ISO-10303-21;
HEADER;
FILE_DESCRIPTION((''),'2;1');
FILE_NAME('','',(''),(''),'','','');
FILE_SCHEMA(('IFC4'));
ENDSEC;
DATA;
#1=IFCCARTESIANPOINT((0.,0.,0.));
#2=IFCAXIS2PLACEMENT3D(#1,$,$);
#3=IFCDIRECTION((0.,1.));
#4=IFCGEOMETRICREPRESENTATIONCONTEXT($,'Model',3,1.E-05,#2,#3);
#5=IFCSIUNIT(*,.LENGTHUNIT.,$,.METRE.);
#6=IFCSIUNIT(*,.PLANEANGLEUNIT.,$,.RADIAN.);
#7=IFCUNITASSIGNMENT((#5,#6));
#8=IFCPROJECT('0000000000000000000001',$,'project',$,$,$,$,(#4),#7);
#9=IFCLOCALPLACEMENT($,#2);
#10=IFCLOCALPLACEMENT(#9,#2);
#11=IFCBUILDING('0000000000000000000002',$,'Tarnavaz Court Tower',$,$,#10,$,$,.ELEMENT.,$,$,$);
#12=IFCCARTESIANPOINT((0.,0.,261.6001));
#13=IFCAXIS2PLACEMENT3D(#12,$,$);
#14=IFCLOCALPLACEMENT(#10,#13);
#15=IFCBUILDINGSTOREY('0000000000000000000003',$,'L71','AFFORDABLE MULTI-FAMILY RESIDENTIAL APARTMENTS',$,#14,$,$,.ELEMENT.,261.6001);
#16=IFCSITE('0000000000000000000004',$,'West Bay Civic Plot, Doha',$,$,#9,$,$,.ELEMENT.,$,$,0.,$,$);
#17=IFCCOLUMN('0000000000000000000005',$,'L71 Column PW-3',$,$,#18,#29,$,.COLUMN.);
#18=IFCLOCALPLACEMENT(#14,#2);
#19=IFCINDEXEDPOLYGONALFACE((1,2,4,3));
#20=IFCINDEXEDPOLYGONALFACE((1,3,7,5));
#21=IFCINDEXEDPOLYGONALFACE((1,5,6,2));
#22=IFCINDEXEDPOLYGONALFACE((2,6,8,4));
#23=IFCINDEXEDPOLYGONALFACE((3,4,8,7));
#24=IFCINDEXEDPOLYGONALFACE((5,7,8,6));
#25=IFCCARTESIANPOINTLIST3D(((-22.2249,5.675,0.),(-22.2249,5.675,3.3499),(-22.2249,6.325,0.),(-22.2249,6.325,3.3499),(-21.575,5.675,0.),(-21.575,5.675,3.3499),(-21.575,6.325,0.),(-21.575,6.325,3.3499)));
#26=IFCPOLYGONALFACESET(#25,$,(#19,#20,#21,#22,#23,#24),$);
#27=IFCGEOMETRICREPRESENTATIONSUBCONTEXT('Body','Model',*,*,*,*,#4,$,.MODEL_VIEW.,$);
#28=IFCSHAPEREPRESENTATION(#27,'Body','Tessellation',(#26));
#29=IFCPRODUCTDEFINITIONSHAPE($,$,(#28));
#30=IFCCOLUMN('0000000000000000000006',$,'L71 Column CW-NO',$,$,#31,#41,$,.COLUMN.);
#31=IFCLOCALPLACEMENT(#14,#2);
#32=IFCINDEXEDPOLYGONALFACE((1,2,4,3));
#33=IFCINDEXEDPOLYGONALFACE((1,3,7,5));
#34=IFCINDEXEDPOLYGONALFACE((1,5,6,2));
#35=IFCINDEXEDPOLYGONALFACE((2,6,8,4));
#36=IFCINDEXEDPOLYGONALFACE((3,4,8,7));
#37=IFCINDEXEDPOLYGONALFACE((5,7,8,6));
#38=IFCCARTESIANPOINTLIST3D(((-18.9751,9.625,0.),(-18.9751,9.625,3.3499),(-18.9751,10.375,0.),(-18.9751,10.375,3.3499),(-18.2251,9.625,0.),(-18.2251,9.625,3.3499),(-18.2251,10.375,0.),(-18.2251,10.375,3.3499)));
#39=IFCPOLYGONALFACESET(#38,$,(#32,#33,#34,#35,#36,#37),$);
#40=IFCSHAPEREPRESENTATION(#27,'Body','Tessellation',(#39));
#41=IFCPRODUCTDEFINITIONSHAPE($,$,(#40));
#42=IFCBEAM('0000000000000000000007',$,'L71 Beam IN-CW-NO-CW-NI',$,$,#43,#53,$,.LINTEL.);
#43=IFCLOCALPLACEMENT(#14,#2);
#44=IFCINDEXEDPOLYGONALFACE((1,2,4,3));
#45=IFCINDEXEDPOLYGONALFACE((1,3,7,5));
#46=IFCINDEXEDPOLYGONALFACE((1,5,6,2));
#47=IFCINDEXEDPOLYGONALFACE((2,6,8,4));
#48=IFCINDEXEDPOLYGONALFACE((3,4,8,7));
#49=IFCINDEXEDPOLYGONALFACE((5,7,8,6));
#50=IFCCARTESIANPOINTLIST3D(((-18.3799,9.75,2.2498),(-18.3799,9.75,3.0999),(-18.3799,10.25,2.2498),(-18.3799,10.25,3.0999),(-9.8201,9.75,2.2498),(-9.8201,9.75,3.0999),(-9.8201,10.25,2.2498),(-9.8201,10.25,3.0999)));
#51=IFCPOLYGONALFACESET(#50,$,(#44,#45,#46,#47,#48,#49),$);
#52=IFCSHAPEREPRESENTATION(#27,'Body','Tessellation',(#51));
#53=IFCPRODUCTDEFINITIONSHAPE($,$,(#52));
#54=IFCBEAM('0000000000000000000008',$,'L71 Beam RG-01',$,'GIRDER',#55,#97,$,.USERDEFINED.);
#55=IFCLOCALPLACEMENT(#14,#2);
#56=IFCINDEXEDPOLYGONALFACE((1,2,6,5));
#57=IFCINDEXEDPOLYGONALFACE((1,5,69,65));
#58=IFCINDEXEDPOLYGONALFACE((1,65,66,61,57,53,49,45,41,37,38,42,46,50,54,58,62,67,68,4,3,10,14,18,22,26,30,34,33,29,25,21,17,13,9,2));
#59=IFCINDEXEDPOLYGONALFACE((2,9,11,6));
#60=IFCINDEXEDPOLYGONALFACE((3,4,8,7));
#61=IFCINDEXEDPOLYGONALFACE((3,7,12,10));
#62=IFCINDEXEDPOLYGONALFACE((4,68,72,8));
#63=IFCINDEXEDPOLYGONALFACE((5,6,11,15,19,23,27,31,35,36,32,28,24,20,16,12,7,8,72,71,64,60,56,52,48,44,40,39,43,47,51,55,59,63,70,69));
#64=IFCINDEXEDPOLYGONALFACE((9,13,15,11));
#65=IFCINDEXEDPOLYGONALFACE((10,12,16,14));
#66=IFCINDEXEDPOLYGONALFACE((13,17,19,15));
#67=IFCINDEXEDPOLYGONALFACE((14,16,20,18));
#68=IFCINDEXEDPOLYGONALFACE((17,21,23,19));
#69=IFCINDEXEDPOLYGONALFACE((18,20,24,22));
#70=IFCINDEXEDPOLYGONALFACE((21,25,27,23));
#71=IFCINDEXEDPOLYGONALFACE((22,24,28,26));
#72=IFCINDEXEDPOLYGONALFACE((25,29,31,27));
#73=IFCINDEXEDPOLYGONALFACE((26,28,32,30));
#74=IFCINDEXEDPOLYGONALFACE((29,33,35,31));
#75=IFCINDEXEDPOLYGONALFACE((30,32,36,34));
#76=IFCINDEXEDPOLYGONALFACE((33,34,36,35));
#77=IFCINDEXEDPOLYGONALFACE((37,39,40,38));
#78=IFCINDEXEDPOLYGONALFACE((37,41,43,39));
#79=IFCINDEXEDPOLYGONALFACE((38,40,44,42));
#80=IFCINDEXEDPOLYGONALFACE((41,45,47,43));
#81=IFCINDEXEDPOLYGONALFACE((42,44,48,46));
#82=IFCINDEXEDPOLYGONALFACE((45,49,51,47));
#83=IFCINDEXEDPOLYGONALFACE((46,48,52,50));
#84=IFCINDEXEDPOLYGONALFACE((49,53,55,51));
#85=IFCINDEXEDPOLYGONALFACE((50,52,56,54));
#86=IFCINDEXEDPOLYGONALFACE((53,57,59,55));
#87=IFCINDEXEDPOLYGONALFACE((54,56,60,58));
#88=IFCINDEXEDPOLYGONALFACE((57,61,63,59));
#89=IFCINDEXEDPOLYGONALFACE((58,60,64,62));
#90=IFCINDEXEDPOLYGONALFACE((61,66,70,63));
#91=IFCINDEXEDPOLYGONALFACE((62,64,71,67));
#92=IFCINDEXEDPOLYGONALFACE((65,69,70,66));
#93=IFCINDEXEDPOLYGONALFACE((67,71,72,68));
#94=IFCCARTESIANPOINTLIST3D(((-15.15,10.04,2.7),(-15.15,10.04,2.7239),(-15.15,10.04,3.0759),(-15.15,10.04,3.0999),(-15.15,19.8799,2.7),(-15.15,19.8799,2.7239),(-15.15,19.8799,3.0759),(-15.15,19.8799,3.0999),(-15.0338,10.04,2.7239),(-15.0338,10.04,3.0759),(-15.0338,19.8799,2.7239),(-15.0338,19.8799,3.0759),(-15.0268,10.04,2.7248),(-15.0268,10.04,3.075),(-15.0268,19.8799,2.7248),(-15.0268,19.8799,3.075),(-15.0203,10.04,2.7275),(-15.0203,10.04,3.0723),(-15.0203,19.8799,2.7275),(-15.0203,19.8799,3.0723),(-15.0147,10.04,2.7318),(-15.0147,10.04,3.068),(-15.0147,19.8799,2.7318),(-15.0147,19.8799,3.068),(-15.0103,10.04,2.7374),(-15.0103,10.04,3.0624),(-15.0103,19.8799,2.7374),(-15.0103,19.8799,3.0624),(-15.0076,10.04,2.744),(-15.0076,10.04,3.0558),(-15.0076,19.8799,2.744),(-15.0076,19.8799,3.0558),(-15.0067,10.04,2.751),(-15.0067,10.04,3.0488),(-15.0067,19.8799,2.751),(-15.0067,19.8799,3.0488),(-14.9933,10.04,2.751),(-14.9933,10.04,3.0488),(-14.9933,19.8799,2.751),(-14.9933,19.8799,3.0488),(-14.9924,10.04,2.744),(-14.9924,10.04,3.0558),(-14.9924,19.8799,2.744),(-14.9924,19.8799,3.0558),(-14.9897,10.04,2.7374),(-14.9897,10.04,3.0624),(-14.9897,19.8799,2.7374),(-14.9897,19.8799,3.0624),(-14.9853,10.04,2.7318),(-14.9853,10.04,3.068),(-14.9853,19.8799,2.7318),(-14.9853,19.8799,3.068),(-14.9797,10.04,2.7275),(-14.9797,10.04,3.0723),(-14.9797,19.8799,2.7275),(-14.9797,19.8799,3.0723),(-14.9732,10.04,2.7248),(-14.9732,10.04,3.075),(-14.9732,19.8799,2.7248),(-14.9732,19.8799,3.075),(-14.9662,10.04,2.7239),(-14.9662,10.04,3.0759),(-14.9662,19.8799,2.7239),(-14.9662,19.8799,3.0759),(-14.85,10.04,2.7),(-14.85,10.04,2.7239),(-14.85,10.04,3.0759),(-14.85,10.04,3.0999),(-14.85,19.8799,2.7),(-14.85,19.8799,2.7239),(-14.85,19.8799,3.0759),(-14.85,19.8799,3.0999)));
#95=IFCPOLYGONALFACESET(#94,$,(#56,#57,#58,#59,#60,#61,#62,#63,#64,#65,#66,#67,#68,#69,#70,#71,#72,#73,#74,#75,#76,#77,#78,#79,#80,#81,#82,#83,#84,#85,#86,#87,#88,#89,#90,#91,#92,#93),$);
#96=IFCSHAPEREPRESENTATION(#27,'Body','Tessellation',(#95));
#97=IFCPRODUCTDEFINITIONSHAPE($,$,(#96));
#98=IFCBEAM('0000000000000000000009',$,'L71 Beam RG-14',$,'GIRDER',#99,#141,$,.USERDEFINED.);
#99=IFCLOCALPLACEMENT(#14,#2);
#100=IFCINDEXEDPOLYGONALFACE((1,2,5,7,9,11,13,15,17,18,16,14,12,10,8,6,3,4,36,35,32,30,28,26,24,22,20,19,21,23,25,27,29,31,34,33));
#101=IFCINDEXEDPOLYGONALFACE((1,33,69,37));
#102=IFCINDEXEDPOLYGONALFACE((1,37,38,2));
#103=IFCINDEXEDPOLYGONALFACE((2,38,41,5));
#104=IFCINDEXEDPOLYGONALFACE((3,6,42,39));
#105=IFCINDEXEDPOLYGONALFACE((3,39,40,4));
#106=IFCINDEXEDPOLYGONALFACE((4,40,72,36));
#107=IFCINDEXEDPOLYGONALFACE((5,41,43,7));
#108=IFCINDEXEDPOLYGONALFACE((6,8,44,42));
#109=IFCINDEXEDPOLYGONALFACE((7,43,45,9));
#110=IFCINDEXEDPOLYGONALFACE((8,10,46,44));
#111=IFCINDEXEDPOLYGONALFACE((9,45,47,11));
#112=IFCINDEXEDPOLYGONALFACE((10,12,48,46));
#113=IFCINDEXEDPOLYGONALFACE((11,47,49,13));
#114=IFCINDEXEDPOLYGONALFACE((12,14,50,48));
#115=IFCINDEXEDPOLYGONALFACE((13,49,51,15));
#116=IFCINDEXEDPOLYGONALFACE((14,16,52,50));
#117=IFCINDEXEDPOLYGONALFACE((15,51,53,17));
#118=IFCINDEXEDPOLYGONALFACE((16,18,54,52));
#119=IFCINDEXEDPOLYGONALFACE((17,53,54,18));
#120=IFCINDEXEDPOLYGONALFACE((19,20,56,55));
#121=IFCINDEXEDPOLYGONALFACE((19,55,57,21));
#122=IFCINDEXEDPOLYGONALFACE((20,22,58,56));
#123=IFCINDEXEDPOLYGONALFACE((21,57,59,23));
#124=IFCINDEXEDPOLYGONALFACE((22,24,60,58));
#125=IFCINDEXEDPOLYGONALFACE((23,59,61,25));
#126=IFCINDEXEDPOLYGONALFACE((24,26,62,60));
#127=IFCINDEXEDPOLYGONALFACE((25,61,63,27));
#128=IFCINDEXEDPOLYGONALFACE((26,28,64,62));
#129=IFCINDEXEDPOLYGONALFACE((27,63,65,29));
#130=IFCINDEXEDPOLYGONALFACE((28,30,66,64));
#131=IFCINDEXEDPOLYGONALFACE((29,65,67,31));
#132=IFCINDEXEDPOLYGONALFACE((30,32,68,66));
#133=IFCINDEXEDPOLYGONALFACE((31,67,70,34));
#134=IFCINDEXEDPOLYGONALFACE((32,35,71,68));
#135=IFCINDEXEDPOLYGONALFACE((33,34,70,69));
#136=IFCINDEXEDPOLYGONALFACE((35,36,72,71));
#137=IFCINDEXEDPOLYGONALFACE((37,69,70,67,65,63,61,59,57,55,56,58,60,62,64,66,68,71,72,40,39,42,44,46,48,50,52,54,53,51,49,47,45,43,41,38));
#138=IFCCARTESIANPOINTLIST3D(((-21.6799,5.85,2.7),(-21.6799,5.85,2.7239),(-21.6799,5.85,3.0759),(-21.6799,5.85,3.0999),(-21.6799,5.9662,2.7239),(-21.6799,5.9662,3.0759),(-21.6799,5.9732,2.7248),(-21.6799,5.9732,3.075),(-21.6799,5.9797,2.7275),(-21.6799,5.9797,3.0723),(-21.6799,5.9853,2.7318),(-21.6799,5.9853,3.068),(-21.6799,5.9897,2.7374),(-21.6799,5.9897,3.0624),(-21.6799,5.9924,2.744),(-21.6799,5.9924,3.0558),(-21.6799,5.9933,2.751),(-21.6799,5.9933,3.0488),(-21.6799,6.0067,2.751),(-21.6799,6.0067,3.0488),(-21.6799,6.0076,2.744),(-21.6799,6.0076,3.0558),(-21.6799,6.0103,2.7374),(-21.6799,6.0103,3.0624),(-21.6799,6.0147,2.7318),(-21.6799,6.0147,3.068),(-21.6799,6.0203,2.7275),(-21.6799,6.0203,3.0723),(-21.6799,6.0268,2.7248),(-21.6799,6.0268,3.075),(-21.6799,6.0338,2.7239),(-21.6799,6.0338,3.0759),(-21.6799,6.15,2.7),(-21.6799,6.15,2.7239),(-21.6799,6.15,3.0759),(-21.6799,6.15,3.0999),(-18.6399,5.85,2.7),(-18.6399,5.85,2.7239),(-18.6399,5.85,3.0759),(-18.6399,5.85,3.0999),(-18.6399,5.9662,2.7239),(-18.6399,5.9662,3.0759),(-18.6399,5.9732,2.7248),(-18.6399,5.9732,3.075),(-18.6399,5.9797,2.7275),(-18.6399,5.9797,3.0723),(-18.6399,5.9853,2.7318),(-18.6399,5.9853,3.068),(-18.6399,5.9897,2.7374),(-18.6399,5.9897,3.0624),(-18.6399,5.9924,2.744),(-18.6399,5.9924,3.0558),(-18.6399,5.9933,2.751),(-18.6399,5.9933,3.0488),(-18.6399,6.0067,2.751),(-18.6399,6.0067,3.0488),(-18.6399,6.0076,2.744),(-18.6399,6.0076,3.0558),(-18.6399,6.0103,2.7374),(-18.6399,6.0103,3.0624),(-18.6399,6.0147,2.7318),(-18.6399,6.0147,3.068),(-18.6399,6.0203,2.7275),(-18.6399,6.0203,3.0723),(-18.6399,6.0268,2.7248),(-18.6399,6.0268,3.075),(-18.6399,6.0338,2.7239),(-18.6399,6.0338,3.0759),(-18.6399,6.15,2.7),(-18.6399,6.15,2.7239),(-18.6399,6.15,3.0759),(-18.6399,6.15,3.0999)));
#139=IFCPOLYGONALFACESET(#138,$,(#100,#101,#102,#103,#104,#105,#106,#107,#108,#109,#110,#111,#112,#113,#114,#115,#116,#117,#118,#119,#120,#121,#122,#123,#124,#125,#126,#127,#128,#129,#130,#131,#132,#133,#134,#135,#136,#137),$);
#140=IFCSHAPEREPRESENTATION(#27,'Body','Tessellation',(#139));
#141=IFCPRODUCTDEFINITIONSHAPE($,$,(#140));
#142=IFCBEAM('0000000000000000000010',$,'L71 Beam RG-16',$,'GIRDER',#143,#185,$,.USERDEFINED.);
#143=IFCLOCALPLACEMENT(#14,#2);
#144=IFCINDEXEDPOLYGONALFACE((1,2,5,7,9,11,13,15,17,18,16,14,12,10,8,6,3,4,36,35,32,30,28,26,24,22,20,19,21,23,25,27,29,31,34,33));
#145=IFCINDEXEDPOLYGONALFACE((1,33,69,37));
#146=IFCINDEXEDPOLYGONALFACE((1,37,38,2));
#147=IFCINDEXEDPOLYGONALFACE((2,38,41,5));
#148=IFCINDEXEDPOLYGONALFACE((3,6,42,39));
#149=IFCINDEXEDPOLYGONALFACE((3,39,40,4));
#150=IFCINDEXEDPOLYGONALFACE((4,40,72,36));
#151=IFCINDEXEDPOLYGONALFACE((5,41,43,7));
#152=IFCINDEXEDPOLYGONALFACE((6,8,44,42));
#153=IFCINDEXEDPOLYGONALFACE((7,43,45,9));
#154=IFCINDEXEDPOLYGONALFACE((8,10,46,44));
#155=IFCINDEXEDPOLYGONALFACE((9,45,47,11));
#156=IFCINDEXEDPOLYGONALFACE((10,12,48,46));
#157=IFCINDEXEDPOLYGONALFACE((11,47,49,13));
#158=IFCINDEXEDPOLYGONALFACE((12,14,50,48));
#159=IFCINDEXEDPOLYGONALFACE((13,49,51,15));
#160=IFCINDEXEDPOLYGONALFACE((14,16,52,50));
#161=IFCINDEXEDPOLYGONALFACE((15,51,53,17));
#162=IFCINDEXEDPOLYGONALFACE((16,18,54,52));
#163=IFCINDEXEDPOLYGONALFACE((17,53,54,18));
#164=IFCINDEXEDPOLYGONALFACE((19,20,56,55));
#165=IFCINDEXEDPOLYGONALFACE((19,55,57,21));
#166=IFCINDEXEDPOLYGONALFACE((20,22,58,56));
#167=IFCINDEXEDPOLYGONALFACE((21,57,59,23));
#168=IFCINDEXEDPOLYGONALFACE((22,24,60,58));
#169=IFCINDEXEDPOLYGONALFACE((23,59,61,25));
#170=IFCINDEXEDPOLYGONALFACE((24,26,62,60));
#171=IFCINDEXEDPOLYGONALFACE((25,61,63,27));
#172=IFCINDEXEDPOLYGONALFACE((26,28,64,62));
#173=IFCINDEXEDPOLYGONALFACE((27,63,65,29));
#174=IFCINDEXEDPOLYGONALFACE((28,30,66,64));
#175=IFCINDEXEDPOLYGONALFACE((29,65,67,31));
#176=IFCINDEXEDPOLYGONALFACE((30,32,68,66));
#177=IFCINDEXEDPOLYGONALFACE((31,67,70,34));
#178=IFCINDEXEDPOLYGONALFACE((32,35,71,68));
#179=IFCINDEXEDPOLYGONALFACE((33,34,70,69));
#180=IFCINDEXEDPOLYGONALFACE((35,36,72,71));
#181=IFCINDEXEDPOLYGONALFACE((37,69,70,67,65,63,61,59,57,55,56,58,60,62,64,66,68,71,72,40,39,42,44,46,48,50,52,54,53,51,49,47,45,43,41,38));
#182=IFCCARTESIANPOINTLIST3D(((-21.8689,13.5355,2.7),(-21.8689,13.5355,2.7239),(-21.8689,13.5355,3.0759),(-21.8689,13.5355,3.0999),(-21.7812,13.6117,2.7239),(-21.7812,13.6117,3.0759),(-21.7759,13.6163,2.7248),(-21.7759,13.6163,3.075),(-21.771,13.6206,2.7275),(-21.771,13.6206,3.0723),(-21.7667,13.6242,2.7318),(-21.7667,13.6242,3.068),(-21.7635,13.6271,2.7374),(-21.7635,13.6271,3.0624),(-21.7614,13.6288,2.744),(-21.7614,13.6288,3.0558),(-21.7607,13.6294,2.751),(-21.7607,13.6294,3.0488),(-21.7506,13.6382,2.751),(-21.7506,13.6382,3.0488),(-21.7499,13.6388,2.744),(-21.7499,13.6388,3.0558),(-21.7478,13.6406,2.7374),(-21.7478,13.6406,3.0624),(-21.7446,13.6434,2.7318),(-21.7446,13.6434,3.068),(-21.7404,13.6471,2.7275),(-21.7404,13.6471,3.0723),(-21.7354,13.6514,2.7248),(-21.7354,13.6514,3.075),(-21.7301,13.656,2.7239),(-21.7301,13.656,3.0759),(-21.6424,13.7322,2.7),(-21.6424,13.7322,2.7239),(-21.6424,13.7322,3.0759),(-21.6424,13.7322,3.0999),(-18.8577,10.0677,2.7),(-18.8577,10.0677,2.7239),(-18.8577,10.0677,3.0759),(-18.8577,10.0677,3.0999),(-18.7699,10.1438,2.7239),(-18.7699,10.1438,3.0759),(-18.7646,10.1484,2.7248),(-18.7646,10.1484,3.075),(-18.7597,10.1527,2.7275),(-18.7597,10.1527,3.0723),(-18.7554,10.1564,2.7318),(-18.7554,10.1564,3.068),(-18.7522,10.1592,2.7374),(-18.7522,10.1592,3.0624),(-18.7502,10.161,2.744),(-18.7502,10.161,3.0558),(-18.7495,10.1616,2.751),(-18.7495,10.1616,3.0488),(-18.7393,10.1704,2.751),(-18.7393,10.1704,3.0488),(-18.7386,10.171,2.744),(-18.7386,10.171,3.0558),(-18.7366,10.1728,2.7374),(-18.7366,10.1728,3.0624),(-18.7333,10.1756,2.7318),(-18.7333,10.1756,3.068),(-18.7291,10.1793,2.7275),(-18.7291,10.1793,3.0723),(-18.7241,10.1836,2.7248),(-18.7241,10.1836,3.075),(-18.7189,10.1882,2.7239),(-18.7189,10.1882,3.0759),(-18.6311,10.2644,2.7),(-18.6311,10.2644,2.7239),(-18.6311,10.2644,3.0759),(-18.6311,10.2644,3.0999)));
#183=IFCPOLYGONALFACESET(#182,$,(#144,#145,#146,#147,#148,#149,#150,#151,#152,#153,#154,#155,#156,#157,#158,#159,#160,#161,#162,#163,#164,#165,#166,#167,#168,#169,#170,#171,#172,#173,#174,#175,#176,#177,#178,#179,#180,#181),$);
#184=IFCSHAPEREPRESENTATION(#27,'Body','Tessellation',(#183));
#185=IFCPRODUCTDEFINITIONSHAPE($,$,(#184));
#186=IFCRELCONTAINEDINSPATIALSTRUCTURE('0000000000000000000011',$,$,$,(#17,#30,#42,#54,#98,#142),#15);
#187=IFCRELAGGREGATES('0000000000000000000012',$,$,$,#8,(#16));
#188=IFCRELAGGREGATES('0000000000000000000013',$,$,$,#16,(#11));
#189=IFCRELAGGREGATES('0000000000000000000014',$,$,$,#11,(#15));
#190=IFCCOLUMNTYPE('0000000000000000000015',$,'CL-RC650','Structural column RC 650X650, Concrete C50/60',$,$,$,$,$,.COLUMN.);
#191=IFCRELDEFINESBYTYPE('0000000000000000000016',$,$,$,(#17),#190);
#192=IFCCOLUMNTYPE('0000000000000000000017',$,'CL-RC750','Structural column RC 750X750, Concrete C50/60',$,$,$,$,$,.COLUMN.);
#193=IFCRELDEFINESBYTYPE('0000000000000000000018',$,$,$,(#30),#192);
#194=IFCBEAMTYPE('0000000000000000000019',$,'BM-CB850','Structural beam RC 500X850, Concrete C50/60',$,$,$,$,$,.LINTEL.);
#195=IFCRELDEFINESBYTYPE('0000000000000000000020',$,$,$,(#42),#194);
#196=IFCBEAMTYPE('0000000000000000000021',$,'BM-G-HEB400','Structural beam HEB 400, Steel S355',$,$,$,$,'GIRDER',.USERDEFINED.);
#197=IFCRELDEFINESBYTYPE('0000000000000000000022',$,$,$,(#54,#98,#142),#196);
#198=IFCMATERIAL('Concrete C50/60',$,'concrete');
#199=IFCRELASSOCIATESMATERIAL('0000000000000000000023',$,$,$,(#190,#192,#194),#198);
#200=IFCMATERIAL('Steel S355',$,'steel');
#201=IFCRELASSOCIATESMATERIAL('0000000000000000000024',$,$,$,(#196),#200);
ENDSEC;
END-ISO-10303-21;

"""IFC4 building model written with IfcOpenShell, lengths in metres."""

from ifc_helpers import new_model, si_unit, direction, frame, origin, origin_2d, place, context, subcontext, project, spatial, rectangle, i_section, extrude, material, material_profile, profile_set, type_object, element, save


model = new_model("IFC4")

# Units and contexts
model_context = context("Model", 3, precision=1e-05, world=origin(), true_north=direction((0.0, 1.0)))
body_context = subcontext(model_context, "Body", "Model", "MODEL_VIEW")
ifc_project = project(units=[si_unit("LENGTHUNIT", "METRE"), si_unit("PLANEANGLEUNIT", "RADIAN")], contexts=[model_context])

# Site, building, storey
site_placement = place(None, origin())
site = spatial("IfcSite", under=ifc_project, at=site_placement, Name="West Bay Civic Plot, Doha", CompositionType="ELEMENT", RefElevation=0.0)
building_placement = place(site_placement, origin())
building = spatial("IfcBuilding", under=site, at=building_placement, Name="Tarnavaz Court Tower", CompositionType="ELEMENT")
storey_placement = place(building_placement, frame((0.0, 0.0, 261.6001)))
storey = spatial("IfcBuildingStorey", under=building, at=storey_placement, Name="L71", Description="AFFORDABLE MULTI-FAMILY RESIDENTIAL APARTMENTS", CompositionType="ELEMENT", Elevation=261.6001)

# Columns
ifc_material_1 = material(Name="Concrete C50/60", Category="concrete")
ifc_material_profile_1 = material_profile(ifc_material_1, rectangle(XDim=0.6499, YDim=0.6499, at=origin_2d()), Name="RC 650X650")
ifc_profile_set_1 = profile_set([ifc_material_profile_1], Name="Concrete C50/60")
column_type_1 = type_object("IfcColumnType", Name="CL-RC650", Description="Structural column RC 650X650, Concrete C50/60", PredefinedType="COLUMN", material=ifc_profile_set_1)
column_1_placement = place(storey_placement, frame((-21.8999, 6.0, 0.0), z_axis=(0.0, 0.0, 1.0), x_axis=(1.0, 0.0, 0.0)))
element("IfcColumn", 1, at=column_1_placement, inside=storey, type_object=column_type_1, Name="L71 Column PW-3", PredefinedType="COLUMN", context=body_context, shape_type="SweptSolid", body=[
    extrude(rectangle(XDim=0.6499, YDim=0.6499, at=origin_2d()), origin(), (0.0, 0.0, 1.0), 3.3499),
])
ifc_material_profile_2 = material_profile(ifc_material_1, rectangle(XDim=0.75, YDim=0.75, at=origin_2d()), Name="RC 750X750")
ifc_profile_set_2 = profile_set([ifc_material_profile_2], Name="Concrete C50/60")
column_type_2 = type_object("IfcColumnType", Name="CL-RC750", Description="Structural column RC 750X750, Concrete C50/60", PredefinedType="COLUMN", material=ifc_profile_set_2)
column_2_placement = place(storey_placement, frame((-18.6001, 10.0, 0.0), z_axis=(0.0, 0.0, 1.0), x_axis=(1.0, 0.0, 0.0)))
element("IfcColumn", 2, at=column_2_placement, inside=storey, type_object=column_type_2, Name="L71 Column CW-NO", PredefinedType="COLUMN", context=body_context, shape_type="SweptSolid", body=[
    extrude(rectangle(XDim=0.75, YDim=0.75, at=origin_2d()), origin(), (0.0, 0.0, 1.0), 3.3499),
])

# Beams
ifc_material_profile_3 = material_profile(ifc_material_1, rectangle(XDim=0.5, YDim=0.8501, at=origin_2d()), Name="RC 500X850")
ifc_profile_set_3 = profile_set([ifc_material_profile_3], Name="Concrete C50/60")
beam_type_1 = type_object("IfcBeamType", Name="BM-CB850", Description="Structural beam RC 500X850, Concrete C50/60", PredefinedType="LINTEL", material=ifc_profile_set_3)
beam_1_placement = place(storey_placement, frame((-18.3799, 10.0, 2.6748), z_axis=(1.0, 0.0, 0.0), x_axis=(0.0, 1.0, 0.0)))
element("IfcBeam", 3, at=beam_1_placement, inside=storey, type_object=beam_type_1, Name="L71 Beam IN-CW-NO-CW-NI", PredefinedType="LINTEL", context=body_context, shape_type="SweptSolid", body=[
    extrude(rectangle(XDim=0.5, YDim=0.8501, at=origin_2d()), origin(), (0.0, 0.0, 1.0), 8.5598),
])
ifc_material_2 = material(Name="Steel S355", Category="steel")
ifc_material_profile_4 = material_profile(ifc_material_2, i_section(OverallWidth=0.3, OverallDepth=0.3999, WebThickness=0.0134, FlangeThickness=0.0239, FilletRadius=0.0271, at=origin_2d()), Name="HEB 400")
ifc_profile_set_4 = profile_set([ifc_material_profile_4], Name="Steel S355")
beam_type_2 = type_object("IfcBeamType", Name="BM-G-HEB400", Description="Structural beam HEB 400, Steel S355", ElementType="GIRDER", PredefinedType="USERDEFINED", material=ifc_profile_set_4)
beam_2_placement = place(storey_placement, frame((-15.0, 10.04, 2.8999), z_axis=(0.0, 1.0, 0.0), x_axis=(-1.0, 0.0, 0.0)))
element("IfcBeam", 4, at=beam_2_placement, inside=storey, type_object=beam_type_2, Name="L71 Beam RG-01", ObjectType="GIRDER", PredefinedType="USERDEFINED", context=body_context, shape_type="SweptSolid", body=[
    extrude(i_section(OverallWidth=0.3, OverallDepth=0.3999, WebThickness=0.0134, FlangeThickness=0.0239, FilletRadius=0.0271, at=origin_2d()), origin(), (0.0, 0.0, 1.0), 9.8398),
])
beam_3_placement = place(storey_placement, frame((-18.6399, 6.0, 2.8999), z_axis=(-1.0, 0.0, 0.0), x_axis=(0.0, -1.0, 0.0)))
element("IfcBeam", 5, at=beam_3_placement, inside=storey, type_object=beam_type_2, Name="L71 Beam RG-14", ObjectType="GIRDER", PredefinedType="USERDEFINED", context=body_context, shape_type="SweptSolid", body=[
    extrude(i_section(OverallWidth=0.3, OverallDepth=0.3999, WebThickness=0.0134, FlangeThickness=0.0239, FilletRadius=0.0271, at=origin_2d()), origin(), (0.0, 0.0, 1.0), 3.04),
])
beam_4_placement = place(storey_placement, frame((-18.7444, 10.166, 2.8999), z_axis=(-0.655655, 0.755061, 0.0), x_axis=(-0.755061, -0.655655, 0.0)))
element("IfcBeam", 6, at=beam_4_placement, inside=storey, type_object=beam_type_2, Name="L71 Beam RG-16", ObjectType="GIRDER", PredefinedType="USERDEFINED", context=body_context, shape_type="SweptSolid", body=[
    extrude(i_section(OverallWidth=0.3, OverallDepth=0.3999, WebThickness=0.0134, FlangeThickness=0.0239, FilletRadius=0.0271, at=origin_2d()), origin(), (0.0, 0.0, 1.0), 4.5928),
])

save(model, "model.ifc")
